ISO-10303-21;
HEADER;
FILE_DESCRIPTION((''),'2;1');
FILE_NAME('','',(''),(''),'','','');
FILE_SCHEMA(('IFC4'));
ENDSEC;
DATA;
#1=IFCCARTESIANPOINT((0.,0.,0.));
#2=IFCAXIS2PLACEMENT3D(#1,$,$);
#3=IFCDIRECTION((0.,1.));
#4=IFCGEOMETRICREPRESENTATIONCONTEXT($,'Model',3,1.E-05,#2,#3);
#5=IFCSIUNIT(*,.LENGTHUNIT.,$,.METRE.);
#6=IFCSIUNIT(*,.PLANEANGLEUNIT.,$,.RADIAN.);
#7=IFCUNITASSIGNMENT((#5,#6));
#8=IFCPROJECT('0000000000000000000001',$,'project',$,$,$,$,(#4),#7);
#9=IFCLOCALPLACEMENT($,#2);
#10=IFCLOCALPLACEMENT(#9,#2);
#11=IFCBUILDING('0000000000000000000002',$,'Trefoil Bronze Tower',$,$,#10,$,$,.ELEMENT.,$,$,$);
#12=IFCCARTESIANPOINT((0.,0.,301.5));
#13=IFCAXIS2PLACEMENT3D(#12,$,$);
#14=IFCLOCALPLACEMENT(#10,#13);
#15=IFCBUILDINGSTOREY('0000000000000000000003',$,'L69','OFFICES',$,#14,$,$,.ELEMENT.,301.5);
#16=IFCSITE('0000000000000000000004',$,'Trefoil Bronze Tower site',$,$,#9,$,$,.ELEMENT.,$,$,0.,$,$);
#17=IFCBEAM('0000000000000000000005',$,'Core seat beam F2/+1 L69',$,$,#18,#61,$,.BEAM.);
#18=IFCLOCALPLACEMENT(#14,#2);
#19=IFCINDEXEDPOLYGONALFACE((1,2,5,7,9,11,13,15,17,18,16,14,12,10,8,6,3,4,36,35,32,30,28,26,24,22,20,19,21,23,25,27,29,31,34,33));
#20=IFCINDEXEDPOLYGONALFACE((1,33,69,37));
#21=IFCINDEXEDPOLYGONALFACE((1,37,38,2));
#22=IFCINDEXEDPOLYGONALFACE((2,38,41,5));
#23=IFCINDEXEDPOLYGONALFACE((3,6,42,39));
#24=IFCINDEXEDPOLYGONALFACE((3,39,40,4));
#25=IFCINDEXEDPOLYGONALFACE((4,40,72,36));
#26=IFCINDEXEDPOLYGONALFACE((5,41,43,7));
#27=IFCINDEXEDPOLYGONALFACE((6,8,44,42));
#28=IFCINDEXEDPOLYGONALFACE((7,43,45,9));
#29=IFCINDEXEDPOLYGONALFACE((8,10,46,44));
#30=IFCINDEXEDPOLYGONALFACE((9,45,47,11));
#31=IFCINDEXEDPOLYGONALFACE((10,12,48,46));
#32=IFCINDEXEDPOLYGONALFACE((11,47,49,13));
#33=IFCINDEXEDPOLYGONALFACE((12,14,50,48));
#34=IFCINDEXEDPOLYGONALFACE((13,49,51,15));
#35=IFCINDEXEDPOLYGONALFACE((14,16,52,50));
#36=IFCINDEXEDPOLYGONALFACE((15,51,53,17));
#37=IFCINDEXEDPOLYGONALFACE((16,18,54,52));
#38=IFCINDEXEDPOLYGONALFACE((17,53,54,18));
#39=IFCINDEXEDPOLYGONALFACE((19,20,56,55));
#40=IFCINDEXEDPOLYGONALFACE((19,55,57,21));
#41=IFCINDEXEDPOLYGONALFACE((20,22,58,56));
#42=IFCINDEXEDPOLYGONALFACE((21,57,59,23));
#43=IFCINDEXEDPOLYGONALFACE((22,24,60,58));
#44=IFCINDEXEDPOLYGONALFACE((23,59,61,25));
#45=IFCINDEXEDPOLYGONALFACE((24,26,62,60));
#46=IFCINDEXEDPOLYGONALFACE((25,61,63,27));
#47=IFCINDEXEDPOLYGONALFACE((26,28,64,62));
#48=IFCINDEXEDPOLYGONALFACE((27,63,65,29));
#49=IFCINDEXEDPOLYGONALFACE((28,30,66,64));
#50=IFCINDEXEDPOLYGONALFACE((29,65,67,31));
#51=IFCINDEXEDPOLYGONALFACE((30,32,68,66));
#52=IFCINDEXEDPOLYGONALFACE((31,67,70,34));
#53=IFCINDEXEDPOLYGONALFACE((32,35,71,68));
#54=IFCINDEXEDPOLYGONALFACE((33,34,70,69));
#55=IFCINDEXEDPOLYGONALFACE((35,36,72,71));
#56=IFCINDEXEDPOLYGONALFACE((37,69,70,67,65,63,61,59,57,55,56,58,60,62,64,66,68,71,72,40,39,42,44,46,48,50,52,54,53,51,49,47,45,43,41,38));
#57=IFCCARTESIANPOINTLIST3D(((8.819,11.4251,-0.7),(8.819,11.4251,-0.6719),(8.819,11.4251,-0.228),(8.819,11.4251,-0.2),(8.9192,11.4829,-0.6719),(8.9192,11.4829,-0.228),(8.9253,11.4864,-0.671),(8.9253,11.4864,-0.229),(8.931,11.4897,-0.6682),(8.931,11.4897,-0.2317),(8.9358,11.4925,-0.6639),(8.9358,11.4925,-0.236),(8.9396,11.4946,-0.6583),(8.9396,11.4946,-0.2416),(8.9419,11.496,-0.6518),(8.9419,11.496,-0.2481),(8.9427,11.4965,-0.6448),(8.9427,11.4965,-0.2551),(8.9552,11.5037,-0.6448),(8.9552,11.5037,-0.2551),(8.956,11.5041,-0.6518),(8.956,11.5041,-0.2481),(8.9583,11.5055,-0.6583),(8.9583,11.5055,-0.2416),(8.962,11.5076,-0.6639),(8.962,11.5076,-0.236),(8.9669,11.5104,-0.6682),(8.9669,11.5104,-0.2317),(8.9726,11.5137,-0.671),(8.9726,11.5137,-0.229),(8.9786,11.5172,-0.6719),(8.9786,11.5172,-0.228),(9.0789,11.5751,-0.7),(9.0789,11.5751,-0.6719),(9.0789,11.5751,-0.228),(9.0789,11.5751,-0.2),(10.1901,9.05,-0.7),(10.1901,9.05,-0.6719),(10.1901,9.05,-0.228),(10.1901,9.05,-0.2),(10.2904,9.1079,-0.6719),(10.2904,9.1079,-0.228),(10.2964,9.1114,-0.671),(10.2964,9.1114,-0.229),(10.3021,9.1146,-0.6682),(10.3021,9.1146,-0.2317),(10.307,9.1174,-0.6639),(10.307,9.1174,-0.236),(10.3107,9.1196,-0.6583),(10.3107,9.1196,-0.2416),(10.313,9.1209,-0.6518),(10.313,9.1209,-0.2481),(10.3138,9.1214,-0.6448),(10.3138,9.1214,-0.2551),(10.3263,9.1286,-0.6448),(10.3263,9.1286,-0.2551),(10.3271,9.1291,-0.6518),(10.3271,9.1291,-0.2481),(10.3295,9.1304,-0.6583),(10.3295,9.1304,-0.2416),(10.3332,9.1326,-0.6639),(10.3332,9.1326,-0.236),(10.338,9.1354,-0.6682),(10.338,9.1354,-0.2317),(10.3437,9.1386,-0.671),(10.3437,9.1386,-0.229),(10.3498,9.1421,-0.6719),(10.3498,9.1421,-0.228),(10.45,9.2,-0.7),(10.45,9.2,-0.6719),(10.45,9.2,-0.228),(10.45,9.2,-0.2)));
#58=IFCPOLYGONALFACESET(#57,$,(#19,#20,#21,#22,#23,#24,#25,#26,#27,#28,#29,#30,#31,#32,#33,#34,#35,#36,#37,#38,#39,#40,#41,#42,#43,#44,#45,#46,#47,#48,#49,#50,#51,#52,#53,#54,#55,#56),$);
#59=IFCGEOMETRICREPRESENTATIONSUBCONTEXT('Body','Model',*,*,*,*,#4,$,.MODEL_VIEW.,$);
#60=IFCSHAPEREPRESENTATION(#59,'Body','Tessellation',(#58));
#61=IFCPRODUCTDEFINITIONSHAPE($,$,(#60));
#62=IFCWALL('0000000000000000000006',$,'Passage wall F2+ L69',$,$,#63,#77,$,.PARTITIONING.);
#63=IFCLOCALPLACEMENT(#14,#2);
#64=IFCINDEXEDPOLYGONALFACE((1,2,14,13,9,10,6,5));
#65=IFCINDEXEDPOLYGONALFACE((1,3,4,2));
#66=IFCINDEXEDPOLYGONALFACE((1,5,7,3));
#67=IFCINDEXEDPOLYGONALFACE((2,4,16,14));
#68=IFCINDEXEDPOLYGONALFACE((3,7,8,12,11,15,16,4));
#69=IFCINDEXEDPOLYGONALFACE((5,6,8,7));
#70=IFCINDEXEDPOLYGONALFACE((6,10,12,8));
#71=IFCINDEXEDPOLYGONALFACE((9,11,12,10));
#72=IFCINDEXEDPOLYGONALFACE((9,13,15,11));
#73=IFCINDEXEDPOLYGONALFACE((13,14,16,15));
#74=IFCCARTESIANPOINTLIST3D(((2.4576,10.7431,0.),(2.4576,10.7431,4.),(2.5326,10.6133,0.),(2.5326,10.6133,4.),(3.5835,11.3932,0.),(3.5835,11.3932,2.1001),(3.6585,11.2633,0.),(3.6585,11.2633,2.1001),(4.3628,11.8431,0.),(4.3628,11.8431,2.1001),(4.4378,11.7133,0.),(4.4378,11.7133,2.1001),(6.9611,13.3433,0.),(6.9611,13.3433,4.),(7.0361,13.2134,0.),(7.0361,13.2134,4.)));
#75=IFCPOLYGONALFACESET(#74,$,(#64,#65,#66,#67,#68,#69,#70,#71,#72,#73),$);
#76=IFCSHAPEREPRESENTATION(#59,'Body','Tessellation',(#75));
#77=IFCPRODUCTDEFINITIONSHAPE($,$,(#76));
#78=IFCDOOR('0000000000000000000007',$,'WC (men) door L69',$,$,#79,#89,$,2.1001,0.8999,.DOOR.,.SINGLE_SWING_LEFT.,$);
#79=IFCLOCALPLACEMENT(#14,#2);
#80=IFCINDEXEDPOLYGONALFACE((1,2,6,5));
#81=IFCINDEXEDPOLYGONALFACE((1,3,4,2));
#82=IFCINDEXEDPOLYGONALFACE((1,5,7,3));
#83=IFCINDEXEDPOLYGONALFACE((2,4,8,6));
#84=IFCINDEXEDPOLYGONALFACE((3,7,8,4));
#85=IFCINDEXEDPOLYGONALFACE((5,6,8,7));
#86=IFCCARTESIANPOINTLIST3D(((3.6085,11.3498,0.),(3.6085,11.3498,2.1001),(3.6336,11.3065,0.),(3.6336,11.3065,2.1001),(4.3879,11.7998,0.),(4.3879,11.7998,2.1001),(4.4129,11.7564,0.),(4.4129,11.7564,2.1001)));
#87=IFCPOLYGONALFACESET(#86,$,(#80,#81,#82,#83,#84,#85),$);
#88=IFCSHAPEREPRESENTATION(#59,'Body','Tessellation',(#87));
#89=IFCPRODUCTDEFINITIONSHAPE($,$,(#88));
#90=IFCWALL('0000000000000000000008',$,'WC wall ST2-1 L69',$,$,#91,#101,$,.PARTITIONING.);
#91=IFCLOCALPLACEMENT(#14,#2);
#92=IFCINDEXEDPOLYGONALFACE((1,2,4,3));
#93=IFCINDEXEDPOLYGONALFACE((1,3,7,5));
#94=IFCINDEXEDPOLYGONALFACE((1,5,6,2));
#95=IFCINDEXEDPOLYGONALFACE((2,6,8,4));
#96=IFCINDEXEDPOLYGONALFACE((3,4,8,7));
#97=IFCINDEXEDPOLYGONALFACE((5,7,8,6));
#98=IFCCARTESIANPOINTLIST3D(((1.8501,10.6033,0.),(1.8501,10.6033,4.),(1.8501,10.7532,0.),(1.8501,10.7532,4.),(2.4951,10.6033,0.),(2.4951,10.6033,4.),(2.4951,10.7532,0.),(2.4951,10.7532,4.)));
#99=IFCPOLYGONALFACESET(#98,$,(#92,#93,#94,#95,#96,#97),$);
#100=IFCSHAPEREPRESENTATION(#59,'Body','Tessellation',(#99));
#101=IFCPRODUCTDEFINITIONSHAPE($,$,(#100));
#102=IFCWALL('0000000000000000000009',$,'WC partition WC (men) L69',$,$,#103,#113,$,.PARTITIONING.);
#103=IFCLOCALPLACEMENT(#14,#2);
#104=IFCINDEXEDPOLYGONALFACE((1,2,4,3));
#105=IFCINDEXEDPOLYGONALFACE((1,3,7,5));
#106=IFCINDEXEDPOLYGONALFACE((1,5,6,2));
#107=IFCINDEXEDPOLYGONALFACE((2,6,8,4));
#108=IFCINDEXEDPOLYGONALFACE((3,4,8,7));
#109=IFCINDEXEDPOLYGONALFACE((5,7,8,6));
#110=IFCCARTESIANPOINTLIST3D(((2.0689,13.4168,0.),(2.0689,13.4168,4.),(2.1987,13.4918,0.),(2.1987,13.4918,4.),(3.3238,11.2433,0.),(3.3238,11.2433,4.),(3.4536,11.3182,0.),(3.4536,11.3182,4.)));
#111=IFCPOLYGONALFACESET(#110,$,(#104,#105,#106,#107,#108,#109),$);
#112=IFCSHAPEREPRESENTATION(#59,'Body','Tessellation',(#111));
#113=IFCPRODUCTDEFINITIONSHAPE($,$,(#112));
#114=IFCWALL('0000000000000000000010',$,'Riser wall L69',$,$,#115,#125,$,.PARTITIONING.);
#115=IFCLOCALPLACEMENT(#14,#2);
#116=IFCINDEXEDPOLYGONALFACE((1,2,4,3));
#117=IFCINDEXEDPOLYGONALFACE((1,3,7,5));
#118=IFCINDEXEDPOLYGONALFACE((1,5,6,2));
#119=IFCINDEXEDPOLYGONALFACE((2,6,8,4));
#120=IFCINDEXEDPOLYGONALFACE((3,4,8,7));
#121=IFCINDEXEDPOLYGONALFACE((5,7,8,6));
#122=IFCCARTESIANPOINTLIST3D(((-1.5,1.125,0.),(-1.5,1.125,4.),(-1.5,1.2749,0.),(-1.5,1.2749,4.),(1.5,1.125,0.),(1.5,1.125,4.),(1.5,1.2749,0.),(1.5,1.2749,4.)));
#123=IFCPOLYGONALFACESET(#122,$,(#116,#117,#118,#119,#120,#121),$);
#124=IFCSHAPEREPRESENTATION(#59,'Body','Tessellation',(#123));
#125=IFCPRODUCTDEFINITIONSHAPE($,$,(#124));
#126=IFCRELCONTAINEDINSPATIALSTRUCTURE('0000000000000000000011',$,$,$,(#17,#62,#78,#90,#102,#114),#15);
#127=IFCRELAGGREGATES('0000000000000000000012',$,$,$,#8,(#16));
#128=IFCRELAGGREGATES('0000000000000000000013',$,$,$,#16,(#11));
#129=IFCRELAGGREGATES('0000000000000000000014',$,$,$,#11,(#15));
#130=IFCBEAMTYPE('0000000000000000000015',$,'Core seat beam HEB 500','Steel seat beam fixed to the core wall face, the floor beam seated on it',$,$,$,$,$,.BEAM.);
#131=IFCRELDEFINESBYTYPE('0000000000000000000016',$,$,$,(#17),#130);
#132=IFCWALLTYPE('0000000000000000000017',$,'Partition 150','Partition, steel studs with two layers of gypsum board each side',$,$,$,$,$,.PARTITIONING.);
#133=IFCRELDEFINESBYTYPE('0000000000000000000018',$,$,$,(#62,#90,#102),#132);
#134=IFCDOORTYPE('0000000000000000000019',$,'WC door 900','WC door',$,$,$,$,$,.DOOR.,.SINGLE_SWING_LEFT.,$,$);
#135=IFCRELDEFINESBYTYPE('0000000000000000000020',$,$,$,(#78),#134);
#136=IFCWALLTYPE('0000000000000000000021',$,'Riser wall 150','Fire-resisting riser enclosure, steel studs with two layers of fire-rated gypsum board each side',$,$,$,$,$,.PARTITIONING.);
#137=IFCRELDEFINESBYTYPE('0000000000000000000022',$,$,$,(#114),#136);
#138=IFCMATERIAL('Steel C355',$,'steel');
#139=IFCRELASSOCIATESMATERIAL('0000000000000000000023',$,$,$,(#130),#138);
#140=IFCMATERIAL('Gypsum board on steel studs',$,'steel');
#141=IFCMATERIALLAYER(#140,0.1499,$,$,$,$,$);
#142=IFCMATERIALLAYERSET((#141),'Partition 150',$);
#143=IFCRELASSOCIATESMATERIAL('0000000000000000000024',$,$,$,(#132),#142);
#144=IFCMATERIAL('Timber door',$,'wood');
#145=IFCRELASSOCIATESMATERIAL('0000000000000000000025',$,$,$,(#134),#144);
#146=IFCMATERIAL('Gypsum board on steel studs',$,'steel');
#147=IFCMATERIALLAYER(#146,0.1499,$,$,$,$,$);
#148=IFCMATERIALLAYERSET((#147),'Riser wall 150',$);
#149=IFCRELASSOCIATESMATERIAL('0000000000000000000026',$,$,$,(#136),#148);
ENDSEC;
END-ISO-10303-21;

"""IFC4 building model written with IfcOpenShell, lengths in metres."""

from ifc_helpers import new_model, si_unit, direction, frame, frame_2d, origin, origin_2d, place, context, subcontext, project, spatial, rectangle, i_section, extrude, material, layer, layer_set, material_profile, profile_set, type_object, element, fill, save


model = new_model("IFC4")

# Units and contexts
model_context = context("Model", 3, precision=1e-05, world=origin(), true_north=direction((0.0, 1.0)))
body_context = subcontext(model_context, "Body", "Model", "MODEL_VIEW")
ifc_project = project(units=[si_unit("LENGTHUNIT", "METRE"), si_unit("PLANEANGLEUNIT", "RADIAN")], contexts=[model_context])

# Site, building, storey
site_placement = place(None, origin())
site = spatial("IfcSite", under=ifc_project, at=site_placement, Name="Trefoil Bronze Tower site", CompositionType="ELEMENT", RefElevation=0.0)
building_placement = place(site_placement, origin())
building = spatial("IfcBuilding", under=site, at=building_placement, Name="Trefoil Bronze Tower", CompositionType="ELEMENT")
storey_placement = place(building_placement, frame((0.0, 0.0, 301.5)))
storey = spatial("IfcBuildingStorey", under=building, at=storey_placement, Name="L69", Description="OFFICES", CompositionType="ELEMENT", Elevation=301.5)

# Beam
ifc_material_1 = material(Name="Steel C355", Category="steel")
ifc_material_profile = material_profile(ifc_material_1, i_section(OverallWidth=0.3, OverallDepth=0.5, WebThickness=0.0144, FlangeThickness=0.0281, FilletRadius=0.0271, at=origin_2d()), Name="HEB 500")
ifc_profile_set = profile_set([ifc_material_profile], Name="Steel C355")
beam_type = type_object("IfcBeamType", Name="Core seat beam HEB 500", Description="Steel seat beam fixed to the core wall face, the floor beam seated on it", PredefinedType="BEAM", material=ifc_profile_set)
beam_placement = place(storey_placement, frame((10.3201, 9.125, -0.45), z_axis=(-0.499969, 0.866043, 0.0), x_axis=(-0.866043, -0.499969, 0.0)))
element("IfcBeam", 1, at=beam_placement, inside=storey, type_object=beam_type, Name="Core seat beam F2/+1 L69", PredefinedType="BEAM", context=body_context, shape_type="SweptSolid", body=[
    extrude(i_section(OverallWidth=0.3, OverallDepth=0.5, WebThickness=0.0144, FlangeThickness=0.0281, FilletRadius=0.0271, at=origin_2d()), origin(), (0.0, 0.0, 1.0), 2.7424),
])

# Wall, opening, door
ifc_material_2 = material(Name="Gypsum board on steel studs", Category="steel")
ifc_layer_1 = layer(ifc_material_2, 0.1499)
ifc_layer_set_1 = layer_set([ifc_layer_1], Name="Partition 150")
wall_type_1 = type_object("IfcWallType", Name="Partition 150", Description="Partition, steel studs with two layers of gypsum board each side", PredefinedType="PARTITIONING", material=ifc_layer_set_1)
wall_1_placement = place(storey_placement, frame((2.4951, 10.6782, 0.0), z_axis=(0.0, 0.0, 1.0), x_axis=(0.866021, 0.500007, 0.0)))
wall_1 = element("IfcWall", 2, at=wall_1_placement, inside=storey, type_object=wall_type_1, Name="Passage wall F2+ L69", PredefinedType="PARTITIONING", context=body_context, shape_type="SweptSolid", body=[
    extrude(rectangle(XDim=5.2002, YDim=0.1499, at=frame_2d((2.6001, 0.0))), origin(), (0.0, 0.0, 1.0), 4.0),
])
opening_1_placement = place(wall_1_placement, frame((1.3, 0.0, 0.0)))
opening_1 = element("IfcOpeningElement", 3, at=opening_1_placement, cuts=wall_1, PredefinedType="OPENING", context=body_context, shape_type="SweptSolid", body=[
    extrude(rectangle(XDim=0.8999, YDim=2.1001, at=frame_2d((0.45, 1.05))), frame((0.0, 0.085, 0.0), z_axis=(0.0, -1.0, 0.0), x_axis=(1.0, 0.0, 0.0)), (0.0, 0.0, 1.0), 0.1699),
])
ifc_material_3 = material(Name="Timber door", Category="wood")
door_type_1 = type_object("IfcDoorType", Name="WC door 900", Description="WC door", OperationType="SINGLE_SWING_LEFT", PredefinedType="DOOR", material=ifc_material_3)
door_1_placement = place(opening_1_placement, origin())
door_1 = element("IfcDoor", 4, at=door_1_placement, inside=storey, type_object=door_type_1, Name="WC (men) door L69", OperationType="SINGLE_SWING_LEFT", OverallHeight=2.1001, OverallWidth=0.8999, PredefinedType="DOOR", context=body_context, shape_type="SweptSolid", body=[
    extrude(rectangle(XDim=0.8999, YDim=2.1001, at=frame_2d((0.45, 1.05))), frame((0.0, 0.0249, 0.0), z_axis=(0.0, -1.0, 0.0), x_axis=(1.0, 0.0, 0.0)), (0.0, 0.0, 1.0), 0.05),
])
fill(opening_1, door_1)

# Walls
wall_2_placement = place(storey_placement, frame((2.4951, 10.6782, 0.0), z_axis=(0.0, 0.0, 1.0), x_axis=(-1.0, 0.0, 0.0)))
element("IfcWall", 5, at=wall_2_placement, inside=storey, type_object=wall_type_1, Name="WC wall ST2-1 L69", PredefinedType="PARTITIONING", context=body_context, shape_type="SweptSolid", body=[
    extrude(rectangle(XDim=0.645, YDim=0.1499, at=frame_2d((0.3225, 0.0))), origin(), (0.0, 0.0, 1.0), 4.0),
])
wall_3_placement = place(storey_placement, frame((3.3887, 11.2808, 0.0), z_axis=(0.0, 0.0, 1.0), x_axis=(-0.499989, 0.866032, 0.0)))
element("IfcWall", 6, at=wall_3_placement, inside=storey, type_object=wall_type_1, Name="WC partition WC (men) L69", PredefinedType="PARTITIONING", context=body_context, shape_type="SweptSolid", body=[
    extrude(rectangle(XDim=2.5098, YDim=0.1499, at=frame_2d((1.2549, 0.0))), origin(), (0.0, 0.0, 1.0), 4.0),
])
ifc_material_4 = material(Name="Gypsum board on steel studs", Category="steel")
ifc_layer_2 = layer(ifc_material_4, 0.1499)
ifc_layer_set_2 = layer_set([ifc_layer_2], Name="Riser wall 150")
wall_type_2 = type_object("IfcWallType", Name="Riser wall 150", Description="Fire-resisting riser enclosure, steel studs with two layers of fire-rated gypsum board each side", PredefinedType="PARTITIONING", material=ifc_layer_set_2)
wall_4_placement = place(storey_placement, frame((1.5, 1.2, 0.0), z_axis=(0.0, 0.0, 1.0), x_axis=(-1.0, 0.0, 0.0)))
element("IfcWall", 7, at=wall_4_placement, inside=storey, type_object=wall_type_2, Name="Riser wall L69", PredefinedType="PARTITIONING", context=body_context, shape_type="SweptSolid", body=[
    extrude(rectangle(XDim=3.0, YDim=0.1499, at=frame_2d((1.5, 0.0))), origin(), (0.0, 0.0, 1.0), 4.0),
])

save(model, "model.ifc")
